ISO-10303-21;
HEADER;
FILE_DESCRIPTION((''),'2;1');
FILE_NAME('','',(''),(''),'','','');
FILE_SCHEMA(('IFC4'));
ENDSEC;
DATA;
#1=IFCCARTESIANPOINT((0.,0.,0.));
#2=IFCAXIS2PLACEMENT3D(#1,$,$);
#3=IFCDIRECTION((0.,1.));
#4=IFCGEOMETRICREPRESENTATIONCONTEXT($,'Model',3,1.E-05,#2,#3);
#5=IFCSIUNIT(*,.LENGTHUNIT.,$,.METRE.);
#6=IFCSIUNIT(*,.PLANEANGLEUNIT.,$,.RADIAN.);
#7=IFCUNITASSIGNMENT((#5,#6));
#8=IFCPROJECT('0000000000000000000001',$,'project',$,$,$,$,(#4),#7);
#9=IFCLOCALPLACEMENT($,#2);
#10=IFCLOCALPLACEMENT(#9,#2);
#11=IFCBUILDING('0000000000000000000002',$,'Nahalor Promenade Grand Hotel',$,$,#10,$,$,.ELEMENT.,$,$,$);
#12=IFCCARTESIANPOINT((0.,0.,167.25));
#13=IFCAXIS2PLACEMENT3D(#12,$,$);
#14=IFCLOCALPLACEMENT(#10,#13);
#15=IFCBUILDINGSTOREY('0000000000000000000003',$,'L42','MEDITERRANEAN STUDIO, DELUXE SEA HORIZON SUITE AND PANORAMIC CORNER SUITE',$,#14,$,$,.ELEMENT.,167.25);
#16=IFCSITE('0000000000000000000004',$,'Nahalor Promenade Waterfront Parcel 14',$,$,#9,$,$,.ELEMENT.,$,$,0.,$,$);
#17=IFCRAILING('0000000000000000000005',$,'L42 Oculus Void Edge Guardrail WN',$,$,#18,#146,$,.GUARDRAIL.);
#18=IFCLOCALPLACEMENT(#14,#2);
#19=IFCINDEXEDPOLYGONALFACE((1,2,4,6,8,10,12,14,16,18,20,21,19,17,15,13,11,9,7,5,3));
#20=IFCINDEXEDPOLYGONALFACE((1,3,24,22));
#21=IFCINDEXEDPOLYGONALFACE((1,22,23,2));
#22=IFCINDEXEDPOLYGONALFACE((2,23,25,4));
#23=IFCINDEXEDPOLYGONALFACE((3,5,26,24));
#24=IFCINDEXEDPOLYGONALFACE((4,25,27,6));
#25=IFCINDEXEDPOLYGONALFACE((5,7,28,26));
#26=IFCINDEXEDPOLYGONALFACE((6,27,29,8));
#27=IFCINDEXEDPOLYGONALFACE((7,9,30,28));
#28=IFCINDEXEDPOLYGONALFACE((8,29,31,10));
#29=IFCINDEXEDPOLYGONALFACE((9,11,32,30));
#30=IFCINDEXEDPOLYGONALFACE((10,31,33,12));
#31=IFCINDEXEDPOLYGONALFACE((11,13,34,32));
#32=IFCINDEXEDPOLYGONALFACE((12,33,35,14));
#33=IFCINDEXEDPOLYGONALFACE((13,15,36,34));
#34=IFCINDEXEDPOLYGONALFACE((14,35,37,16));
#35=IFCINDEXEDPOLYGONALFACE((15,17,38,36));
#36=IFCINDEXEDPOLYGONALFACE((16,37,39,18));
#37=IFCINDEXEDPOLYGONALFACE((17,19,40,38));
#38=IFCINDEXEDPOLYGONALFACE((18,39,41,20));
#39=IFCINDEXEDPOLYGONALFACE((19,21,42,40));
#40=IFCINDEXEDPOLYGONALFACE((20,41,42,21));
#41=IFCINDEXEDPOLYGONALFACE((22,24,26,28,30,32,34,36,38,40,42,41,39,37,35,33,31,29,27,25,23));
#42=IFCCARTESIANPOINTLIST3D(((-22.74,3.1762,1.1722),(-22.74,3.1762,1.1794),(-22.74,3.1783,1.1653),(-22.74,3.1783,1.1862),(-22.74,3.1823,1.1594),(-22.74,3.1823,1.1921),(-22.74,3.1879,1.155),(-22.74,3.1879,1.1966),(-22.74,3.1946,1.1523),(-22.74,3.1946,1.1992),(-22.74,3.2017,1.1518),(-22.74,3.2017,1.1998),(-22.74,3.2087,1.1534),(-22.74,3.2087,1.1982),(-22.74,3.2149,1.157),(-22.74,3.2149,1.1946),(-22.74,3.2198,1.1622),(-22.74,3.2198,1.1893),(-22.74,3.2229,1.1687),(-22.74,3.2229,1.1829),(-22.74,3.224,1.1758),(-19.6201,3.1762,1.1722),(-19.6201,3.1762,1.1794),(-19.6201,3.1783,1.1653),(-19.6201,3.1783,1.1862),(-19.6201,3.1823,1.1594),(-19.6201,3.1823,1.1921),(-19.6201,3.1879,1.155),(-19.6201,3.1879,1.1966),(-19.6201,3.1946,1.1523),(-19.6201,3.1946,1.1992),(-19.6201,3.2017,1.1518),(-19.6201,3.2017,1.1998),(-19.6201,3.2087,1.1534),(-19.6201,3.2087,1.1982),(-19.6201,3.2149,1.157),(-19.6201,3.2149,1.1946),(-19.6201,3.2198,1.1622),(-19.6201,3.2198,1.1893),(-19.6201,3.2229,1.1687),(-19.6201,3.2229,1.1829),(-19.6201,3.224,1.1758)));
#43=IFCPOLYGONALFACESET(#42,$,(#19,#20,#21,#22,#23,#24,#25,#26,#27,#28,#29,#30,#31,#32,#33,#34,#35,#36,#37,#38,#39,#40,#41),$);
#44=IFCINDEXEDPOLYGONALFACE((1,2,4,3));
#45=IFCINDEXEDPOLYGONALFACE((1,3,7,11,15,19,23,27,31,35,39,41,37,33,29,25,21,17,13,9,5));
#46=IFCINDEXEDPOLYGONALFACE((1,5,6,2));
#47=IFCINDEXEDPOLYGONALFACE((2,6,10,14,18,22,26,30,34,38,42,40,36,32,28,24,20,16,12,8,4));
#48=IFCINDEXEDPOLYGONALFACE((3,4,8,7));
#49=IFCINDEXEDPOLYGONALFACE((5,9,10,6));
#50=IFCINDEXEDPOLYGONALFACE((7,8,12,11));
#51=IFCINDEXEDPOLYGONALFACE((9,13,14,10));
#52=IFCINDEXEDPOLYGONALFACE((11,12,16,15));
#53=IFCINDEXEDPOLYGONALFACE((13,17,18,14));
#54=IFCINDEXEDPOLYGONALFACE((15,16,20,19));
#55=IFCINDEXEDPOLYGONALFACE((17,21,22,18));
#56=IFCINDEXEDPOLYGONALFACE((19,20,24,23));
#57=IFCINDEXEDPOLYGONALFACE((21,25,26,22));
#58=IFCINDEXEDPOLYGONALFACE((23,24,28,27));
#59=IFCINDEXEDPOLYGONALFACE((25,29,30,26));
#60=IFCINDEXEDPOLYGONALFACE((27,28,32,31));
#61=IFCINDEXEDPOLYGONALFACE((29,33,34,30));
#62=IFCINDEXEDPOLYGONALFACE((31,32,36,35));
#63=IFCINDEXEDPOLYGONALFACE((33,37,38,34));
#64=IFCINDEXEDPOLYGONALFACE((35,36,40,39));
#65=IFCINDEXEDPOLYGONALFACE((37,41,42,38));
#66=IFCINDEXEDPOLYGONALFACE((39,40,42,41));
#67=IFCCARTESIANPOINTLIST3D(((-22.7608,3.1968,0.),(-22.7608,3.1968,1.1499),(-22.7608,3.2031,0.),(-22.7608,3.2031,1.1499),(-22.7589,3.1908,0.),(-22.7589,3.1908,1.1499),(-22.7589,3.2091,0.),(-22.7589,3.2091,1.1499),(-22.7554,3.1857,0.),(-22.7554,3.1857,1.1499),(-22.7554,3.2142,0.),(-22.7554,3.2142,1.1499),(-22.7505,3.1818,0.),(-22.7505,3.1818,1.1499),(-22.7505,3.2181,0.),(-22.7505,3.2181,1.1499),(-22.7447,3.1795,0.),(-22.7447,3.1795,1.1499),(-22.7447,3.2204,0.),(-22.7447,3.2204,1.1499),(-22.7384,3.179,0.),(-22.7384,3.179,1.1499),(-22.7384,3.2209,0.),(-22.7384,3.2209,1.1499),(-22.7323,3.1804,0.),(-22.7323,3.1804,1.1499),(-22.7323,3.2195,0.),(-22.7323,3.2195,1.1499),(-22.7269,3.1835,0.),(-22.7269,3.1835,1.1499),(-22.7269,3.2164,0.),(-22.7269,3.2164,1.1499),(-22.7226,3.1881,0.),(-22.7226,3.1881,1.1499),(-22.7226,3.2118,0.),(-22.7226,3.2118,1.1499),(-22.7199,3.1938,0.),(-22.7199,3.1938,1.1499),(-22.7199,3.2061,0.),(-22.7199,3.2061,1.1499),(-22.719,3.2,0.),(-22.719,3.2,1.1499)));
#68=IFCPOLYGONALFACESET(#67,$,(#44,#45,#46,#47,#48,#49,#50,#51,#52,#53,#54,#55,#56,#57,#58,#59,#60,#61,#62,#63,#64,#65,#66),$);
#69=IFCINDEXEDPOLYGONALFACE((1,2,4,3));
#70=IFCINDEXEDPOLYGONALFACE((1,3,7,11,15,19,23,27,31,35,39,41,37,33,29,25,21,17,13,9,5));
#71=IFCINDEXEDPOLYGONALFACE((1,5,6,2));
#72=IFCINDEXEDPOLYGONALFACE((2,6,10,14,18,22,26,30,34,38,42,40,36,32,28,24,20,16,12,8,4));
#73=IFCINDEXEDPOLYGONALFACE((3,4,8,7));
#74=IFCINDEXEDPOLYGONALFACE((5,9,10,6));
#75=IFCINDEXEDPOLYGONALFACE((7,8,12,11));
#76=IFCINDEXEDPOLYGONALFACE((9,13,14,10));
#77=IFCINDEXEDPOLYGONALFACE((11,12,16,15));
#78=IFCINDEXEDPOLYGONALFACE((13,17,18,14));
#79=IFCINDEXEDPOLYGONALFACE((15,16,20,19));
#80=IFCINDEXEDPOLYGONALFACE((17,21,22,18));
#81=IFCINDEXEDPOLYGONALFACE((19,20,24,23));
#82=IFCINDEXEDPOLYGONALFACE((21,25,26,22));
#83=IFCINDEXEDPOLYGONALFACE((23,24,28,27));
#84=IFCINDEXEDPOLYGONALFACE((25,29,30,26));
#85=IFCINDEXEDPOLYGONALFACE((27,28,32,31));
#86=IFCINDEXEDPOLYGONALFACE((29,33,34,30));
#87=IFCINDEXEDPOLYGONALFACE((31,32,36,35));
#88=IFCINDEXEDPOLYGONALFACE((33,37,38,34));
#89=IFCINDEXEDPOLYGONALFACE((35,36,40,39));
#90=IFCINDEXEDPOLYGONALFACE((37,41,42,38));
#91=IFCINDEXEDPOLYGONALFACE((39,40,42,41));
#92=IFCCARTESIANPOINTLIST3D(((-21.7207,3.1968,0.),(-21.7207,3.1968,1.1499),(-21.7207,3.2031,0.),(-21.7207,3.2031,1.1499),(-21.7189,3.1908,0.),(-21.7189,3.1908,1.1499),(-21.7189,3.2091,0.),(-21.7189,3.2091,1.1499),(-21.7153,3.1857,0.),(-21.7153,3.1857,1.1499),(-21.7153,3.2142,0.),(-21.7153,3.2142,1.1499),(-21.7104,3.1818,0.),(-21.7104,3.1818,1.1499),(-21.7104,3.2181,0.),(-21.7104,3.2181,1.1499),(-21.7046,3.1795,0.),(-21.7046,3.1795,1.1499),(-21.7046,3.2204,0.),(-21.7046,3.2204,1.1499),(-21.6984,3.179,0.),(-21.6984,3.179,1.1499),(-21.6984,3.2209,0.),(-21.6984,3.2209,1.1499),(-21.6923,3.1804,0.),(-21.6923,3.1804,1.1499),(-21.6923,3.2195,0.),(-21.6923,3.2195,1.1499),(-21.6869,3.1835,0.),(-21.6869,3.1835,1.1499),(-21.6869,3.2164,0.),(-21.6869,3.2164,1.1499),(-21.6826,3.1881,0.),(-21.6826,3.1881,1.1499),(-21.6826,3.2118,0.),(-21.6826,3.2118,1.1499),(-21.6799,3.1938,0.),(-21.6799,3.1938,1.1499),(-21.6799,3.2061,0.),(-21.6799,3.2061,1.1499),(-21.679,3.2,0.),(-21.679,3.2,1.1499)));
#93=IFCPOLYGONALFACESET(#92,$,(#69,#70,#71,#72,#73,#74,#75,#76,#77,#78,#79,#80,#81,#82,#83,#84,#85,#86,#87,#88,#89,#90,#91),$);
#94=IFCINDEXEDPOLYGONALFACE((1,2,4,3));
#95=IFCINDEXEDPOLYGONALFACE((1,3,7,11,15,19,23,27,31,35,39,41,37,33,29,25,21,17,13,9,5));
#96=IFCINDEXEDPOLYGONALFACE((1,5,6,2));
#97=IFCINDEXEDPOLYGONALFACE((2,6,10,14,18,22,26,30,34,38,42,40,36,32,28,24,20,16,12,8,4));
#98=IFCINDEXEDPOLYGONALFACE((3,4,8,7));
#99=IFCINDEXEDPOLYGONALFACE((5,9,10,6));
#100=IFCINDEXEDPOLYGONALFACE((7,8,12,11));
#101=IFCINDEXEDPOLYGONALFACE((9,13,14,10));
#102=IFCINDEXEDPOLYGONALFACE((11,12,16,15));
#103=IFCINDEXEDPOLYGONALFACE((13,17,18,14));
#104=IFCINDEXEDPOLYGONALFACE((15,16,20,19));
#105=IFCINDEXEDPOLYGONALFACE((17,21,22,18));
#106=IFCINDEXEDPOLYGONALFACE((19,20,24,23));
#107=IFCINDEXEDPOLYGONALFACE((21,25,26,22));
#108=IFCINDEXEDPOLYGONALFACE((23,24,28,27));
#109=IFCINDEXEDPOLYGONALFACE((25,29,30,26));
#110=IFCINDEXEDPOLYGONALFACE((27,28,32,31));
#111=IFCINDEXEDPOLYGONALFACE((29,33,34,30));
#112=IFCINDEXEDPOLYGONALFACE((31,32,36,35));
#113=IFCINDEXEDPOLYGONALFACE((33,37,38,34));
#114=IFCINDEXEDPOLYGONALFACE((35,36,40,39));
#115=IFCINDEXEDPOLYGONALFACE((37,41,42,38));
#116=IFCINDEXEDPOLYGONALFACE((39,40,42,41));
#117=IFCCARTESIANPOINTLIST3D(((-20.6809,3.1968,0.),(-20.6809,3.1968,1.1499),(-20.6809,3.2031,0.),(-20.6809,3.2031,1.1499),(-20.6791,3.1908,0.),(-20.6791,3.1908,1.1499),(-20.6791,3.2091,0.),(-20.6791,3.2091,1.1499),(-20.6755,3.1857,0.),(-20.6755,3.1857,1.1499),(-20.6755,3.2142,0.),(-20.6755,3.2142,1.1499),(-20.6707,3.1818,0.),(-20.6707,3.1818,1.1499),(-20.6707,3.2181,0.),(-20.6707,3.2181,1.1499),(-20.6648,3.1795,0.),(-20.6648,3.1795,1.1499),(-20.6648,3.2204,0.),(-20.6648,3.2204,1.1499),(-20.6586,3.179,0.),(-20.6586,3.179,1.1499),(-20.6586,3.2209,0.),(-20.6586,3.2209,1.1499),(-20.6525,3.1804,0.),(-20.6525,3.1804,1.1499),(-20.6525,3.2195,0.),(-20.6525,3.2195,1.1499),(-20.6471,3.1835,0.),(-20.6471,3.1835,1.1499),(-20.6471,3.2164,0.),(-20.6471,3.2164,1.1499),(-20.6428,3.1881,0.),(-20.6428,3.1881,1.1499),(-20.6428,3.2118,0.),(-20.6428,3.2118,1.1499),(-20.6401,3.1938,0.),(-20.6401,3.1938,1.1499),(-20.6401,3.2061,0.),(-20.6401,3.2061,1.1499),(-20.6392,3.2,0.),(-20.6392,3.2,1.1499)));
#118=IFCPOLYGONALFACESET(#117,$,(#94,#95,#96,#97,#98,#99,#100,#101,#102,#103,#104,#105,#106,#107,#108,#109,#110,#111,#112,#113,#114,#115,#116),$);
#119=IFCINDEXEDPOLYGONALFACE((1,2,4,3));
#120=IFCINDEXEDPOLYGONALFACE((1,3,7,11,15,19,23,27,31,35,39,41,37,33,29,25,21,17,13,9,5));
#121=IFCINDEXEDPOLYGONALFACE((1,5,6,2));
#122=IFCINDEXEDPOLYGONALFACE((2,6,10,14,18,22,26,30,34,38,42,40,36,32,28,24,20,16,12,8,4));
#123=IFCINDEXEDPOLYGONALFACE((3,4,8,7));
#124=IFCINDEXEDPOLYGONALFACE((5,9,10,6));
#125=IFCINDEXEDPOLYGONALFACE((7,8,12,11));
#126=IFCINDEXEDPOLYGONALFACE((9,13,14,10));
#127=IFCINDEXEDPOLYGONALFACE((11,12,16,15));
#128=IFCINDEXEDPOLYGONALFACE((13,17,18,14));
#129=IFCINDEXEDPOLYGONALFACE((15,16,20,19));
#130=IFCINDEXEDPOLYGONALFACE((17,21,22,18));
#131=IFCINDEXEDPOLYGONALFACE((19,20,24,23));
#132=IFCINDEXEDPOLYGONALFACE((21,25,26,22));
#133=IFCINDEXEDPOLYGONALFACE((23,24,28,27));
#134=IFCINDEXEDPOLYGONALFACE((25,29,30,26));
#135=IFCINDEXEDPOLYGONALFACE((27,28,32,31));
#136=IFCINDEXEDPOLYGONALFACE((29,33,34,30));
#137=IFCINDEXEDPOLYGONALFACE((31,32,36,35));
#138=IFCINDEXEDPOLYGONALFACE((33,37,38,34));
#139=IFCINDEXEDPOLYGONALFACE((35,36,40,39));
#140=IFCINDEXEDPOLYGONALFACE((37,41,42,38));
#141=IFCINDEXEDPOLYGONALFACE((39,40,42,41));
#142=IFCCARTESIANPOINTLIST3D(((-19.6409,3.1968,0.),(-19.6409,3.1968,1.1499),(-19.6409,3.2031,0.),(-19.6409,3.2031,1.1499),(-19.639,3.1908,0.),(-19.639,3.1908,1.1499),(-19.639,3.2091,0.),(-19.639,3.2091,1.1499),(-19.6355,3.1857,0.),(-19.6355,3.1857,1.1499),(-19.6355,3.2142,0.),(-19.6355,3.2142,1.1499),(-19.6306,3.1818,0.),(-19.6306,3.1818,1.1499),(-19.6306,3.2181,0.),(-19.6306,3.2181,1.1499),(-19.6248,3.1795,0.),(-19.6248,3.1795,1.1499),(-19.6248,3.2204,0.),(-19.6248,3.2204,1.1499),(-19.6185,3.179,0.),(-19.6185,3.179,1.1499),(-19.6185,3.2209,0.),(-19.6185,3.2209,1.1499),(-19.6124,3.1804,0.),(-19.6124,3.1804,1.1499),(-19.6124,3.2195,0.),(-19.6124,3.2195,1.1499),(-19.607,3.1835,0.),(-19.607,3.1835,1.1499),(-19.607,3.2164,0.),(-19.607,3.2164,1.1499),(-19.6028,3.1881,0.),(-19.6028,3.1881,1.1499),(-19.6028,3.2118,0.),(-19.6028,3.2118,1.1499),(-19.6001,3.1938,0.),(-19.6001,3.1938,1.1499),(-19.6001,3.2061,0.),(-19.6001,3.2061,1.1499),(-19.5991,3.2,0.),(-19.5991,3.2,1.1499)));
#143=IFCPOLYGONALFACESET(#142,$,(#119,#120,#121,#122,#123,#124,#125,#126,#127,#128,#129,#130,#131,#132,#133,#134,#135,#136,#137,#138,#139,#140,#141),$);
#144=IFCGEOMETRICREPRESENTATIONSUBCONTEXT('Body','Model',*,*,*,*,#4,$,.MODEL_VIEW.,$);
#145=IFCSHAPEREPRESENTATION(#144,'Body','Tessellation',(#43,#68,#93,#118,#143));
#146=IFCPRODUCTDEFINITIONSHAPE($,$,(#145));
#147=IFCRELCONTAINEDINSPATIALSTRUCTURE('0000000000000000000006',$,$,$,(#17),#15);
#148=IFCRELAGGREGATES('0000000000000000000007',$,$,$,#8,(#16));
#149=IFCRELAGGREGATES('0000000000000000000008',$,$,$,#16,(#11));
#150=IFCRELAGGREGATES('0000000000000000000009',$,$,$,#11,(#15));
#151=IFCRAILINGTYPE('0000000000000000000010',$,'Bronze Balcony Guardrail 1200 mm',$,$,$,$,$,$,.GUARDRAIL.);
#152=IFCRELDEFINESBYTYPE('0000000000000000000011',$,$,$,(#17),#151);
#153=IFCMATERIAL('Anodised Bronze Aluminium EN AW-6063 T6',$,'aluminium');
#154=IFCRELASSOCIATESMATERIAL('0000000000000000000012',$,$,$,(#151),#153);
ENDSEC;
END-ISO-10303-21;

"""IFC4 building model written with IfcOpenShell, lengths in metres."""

from ifc_helpers import new_model, si_unit, direction, frame, origin, origin_2d, place, context, subcontext, project, spatial, circle, extrude, material, type_object, element, save


model = new_model("IFC4")

# Units and contexts
model_context = context("Model", 3, precision=1e-05, world=origin(), true_north=direction((0.0, 1.0)))
body_context = subcontext(model_context, "Body", "Model", "MODEL_VIEW")
ifc_project = project(units=[si_unit("LENGTHUNIT", "METRE"), si_unit("PLANEANGLEUNIT", "RADIAN")], contexts=[model_context])

# Site, building, storey
site_placement = place(None, origin())
site = spatial("IfcSite", under=ifc_project, at=site_placement, Name="Nahalor Promenade Waterfront Parcel 14", CompositionType="ELEMENT", RefElevation=0.0)
building_placement = place(site_placement, origin())
building = spatial("IfcBuilding", under=site, at=building_placement, Name="Nahalor Promenade Grand Hotel", CompositionType="ELEMENT")
storey_placement = place(building_placement, frame((0.0, 0.0, 167.25)))
storey = spatial("IfcBuildingStorey", under=building, at=storey_placement, Name="L42", Description="MEDITERRANEAN STUDIO, DELUXE SEA HORIZON SUITE AND PANORAMIC CORNER SUITE", CompositionType="ELEMENT", Elevation=167.25)

# Shared definitions
ifc_material_1 = material(Name="Anodised Bronze Aluminium EN AW-6063 T6", Category="aluminium")

# Railing
railing_type = type_object("IfcRailingType", Name="Bronze Balcony Guardrail 1200 mm", PredefinedType="GUARDRAIL", material=ifc_material_1)
railing_1_placement = place(storey_placement, frame((-22.74, 3.2, 0.0)))
element("IfcRailing", 1, at=railing_1_placement, inside=storey, type_object=railing_type, Name="L42 Oculus Void Edge Guardrail WN", PredefinedType="GUARDRAIL", context=body_context, shape_type="SweptSolid", body=[
    extrude(circle(Radius=0.024, at=origin_2d()), frame((0.0, 0.0, 1.1758), z_axis=(1.0, 0.0, 0.0), x_axis=(0.0, 1.0, 0.0)), (0.0, 0.0, 1.0), 3.1199),
    extrude(circle(Radius=0.021, at=origin_2d()), origin(), (0.0, 0.0, 1.0), 1.1499),
    extrude(circle(Radius=0.021, at=origin_2d()), frame((1.04, 0.0, 0.0)), (0.0, 0.0, 1.0), 1.1499),
    extrude(circle(Radius=0.021, at=origin_2d()), frame((2.0798, 0.0, 0.0)), (0.0, 0.0, 1.0), 1.1499),
    extrude(circle(Radius=0.021, at=origin_2d()), frame((3.1199, 0.0, 0.0)), (0.0, 0.0, 1.0), 1.1499),
])

save(model, "model.ifc")
